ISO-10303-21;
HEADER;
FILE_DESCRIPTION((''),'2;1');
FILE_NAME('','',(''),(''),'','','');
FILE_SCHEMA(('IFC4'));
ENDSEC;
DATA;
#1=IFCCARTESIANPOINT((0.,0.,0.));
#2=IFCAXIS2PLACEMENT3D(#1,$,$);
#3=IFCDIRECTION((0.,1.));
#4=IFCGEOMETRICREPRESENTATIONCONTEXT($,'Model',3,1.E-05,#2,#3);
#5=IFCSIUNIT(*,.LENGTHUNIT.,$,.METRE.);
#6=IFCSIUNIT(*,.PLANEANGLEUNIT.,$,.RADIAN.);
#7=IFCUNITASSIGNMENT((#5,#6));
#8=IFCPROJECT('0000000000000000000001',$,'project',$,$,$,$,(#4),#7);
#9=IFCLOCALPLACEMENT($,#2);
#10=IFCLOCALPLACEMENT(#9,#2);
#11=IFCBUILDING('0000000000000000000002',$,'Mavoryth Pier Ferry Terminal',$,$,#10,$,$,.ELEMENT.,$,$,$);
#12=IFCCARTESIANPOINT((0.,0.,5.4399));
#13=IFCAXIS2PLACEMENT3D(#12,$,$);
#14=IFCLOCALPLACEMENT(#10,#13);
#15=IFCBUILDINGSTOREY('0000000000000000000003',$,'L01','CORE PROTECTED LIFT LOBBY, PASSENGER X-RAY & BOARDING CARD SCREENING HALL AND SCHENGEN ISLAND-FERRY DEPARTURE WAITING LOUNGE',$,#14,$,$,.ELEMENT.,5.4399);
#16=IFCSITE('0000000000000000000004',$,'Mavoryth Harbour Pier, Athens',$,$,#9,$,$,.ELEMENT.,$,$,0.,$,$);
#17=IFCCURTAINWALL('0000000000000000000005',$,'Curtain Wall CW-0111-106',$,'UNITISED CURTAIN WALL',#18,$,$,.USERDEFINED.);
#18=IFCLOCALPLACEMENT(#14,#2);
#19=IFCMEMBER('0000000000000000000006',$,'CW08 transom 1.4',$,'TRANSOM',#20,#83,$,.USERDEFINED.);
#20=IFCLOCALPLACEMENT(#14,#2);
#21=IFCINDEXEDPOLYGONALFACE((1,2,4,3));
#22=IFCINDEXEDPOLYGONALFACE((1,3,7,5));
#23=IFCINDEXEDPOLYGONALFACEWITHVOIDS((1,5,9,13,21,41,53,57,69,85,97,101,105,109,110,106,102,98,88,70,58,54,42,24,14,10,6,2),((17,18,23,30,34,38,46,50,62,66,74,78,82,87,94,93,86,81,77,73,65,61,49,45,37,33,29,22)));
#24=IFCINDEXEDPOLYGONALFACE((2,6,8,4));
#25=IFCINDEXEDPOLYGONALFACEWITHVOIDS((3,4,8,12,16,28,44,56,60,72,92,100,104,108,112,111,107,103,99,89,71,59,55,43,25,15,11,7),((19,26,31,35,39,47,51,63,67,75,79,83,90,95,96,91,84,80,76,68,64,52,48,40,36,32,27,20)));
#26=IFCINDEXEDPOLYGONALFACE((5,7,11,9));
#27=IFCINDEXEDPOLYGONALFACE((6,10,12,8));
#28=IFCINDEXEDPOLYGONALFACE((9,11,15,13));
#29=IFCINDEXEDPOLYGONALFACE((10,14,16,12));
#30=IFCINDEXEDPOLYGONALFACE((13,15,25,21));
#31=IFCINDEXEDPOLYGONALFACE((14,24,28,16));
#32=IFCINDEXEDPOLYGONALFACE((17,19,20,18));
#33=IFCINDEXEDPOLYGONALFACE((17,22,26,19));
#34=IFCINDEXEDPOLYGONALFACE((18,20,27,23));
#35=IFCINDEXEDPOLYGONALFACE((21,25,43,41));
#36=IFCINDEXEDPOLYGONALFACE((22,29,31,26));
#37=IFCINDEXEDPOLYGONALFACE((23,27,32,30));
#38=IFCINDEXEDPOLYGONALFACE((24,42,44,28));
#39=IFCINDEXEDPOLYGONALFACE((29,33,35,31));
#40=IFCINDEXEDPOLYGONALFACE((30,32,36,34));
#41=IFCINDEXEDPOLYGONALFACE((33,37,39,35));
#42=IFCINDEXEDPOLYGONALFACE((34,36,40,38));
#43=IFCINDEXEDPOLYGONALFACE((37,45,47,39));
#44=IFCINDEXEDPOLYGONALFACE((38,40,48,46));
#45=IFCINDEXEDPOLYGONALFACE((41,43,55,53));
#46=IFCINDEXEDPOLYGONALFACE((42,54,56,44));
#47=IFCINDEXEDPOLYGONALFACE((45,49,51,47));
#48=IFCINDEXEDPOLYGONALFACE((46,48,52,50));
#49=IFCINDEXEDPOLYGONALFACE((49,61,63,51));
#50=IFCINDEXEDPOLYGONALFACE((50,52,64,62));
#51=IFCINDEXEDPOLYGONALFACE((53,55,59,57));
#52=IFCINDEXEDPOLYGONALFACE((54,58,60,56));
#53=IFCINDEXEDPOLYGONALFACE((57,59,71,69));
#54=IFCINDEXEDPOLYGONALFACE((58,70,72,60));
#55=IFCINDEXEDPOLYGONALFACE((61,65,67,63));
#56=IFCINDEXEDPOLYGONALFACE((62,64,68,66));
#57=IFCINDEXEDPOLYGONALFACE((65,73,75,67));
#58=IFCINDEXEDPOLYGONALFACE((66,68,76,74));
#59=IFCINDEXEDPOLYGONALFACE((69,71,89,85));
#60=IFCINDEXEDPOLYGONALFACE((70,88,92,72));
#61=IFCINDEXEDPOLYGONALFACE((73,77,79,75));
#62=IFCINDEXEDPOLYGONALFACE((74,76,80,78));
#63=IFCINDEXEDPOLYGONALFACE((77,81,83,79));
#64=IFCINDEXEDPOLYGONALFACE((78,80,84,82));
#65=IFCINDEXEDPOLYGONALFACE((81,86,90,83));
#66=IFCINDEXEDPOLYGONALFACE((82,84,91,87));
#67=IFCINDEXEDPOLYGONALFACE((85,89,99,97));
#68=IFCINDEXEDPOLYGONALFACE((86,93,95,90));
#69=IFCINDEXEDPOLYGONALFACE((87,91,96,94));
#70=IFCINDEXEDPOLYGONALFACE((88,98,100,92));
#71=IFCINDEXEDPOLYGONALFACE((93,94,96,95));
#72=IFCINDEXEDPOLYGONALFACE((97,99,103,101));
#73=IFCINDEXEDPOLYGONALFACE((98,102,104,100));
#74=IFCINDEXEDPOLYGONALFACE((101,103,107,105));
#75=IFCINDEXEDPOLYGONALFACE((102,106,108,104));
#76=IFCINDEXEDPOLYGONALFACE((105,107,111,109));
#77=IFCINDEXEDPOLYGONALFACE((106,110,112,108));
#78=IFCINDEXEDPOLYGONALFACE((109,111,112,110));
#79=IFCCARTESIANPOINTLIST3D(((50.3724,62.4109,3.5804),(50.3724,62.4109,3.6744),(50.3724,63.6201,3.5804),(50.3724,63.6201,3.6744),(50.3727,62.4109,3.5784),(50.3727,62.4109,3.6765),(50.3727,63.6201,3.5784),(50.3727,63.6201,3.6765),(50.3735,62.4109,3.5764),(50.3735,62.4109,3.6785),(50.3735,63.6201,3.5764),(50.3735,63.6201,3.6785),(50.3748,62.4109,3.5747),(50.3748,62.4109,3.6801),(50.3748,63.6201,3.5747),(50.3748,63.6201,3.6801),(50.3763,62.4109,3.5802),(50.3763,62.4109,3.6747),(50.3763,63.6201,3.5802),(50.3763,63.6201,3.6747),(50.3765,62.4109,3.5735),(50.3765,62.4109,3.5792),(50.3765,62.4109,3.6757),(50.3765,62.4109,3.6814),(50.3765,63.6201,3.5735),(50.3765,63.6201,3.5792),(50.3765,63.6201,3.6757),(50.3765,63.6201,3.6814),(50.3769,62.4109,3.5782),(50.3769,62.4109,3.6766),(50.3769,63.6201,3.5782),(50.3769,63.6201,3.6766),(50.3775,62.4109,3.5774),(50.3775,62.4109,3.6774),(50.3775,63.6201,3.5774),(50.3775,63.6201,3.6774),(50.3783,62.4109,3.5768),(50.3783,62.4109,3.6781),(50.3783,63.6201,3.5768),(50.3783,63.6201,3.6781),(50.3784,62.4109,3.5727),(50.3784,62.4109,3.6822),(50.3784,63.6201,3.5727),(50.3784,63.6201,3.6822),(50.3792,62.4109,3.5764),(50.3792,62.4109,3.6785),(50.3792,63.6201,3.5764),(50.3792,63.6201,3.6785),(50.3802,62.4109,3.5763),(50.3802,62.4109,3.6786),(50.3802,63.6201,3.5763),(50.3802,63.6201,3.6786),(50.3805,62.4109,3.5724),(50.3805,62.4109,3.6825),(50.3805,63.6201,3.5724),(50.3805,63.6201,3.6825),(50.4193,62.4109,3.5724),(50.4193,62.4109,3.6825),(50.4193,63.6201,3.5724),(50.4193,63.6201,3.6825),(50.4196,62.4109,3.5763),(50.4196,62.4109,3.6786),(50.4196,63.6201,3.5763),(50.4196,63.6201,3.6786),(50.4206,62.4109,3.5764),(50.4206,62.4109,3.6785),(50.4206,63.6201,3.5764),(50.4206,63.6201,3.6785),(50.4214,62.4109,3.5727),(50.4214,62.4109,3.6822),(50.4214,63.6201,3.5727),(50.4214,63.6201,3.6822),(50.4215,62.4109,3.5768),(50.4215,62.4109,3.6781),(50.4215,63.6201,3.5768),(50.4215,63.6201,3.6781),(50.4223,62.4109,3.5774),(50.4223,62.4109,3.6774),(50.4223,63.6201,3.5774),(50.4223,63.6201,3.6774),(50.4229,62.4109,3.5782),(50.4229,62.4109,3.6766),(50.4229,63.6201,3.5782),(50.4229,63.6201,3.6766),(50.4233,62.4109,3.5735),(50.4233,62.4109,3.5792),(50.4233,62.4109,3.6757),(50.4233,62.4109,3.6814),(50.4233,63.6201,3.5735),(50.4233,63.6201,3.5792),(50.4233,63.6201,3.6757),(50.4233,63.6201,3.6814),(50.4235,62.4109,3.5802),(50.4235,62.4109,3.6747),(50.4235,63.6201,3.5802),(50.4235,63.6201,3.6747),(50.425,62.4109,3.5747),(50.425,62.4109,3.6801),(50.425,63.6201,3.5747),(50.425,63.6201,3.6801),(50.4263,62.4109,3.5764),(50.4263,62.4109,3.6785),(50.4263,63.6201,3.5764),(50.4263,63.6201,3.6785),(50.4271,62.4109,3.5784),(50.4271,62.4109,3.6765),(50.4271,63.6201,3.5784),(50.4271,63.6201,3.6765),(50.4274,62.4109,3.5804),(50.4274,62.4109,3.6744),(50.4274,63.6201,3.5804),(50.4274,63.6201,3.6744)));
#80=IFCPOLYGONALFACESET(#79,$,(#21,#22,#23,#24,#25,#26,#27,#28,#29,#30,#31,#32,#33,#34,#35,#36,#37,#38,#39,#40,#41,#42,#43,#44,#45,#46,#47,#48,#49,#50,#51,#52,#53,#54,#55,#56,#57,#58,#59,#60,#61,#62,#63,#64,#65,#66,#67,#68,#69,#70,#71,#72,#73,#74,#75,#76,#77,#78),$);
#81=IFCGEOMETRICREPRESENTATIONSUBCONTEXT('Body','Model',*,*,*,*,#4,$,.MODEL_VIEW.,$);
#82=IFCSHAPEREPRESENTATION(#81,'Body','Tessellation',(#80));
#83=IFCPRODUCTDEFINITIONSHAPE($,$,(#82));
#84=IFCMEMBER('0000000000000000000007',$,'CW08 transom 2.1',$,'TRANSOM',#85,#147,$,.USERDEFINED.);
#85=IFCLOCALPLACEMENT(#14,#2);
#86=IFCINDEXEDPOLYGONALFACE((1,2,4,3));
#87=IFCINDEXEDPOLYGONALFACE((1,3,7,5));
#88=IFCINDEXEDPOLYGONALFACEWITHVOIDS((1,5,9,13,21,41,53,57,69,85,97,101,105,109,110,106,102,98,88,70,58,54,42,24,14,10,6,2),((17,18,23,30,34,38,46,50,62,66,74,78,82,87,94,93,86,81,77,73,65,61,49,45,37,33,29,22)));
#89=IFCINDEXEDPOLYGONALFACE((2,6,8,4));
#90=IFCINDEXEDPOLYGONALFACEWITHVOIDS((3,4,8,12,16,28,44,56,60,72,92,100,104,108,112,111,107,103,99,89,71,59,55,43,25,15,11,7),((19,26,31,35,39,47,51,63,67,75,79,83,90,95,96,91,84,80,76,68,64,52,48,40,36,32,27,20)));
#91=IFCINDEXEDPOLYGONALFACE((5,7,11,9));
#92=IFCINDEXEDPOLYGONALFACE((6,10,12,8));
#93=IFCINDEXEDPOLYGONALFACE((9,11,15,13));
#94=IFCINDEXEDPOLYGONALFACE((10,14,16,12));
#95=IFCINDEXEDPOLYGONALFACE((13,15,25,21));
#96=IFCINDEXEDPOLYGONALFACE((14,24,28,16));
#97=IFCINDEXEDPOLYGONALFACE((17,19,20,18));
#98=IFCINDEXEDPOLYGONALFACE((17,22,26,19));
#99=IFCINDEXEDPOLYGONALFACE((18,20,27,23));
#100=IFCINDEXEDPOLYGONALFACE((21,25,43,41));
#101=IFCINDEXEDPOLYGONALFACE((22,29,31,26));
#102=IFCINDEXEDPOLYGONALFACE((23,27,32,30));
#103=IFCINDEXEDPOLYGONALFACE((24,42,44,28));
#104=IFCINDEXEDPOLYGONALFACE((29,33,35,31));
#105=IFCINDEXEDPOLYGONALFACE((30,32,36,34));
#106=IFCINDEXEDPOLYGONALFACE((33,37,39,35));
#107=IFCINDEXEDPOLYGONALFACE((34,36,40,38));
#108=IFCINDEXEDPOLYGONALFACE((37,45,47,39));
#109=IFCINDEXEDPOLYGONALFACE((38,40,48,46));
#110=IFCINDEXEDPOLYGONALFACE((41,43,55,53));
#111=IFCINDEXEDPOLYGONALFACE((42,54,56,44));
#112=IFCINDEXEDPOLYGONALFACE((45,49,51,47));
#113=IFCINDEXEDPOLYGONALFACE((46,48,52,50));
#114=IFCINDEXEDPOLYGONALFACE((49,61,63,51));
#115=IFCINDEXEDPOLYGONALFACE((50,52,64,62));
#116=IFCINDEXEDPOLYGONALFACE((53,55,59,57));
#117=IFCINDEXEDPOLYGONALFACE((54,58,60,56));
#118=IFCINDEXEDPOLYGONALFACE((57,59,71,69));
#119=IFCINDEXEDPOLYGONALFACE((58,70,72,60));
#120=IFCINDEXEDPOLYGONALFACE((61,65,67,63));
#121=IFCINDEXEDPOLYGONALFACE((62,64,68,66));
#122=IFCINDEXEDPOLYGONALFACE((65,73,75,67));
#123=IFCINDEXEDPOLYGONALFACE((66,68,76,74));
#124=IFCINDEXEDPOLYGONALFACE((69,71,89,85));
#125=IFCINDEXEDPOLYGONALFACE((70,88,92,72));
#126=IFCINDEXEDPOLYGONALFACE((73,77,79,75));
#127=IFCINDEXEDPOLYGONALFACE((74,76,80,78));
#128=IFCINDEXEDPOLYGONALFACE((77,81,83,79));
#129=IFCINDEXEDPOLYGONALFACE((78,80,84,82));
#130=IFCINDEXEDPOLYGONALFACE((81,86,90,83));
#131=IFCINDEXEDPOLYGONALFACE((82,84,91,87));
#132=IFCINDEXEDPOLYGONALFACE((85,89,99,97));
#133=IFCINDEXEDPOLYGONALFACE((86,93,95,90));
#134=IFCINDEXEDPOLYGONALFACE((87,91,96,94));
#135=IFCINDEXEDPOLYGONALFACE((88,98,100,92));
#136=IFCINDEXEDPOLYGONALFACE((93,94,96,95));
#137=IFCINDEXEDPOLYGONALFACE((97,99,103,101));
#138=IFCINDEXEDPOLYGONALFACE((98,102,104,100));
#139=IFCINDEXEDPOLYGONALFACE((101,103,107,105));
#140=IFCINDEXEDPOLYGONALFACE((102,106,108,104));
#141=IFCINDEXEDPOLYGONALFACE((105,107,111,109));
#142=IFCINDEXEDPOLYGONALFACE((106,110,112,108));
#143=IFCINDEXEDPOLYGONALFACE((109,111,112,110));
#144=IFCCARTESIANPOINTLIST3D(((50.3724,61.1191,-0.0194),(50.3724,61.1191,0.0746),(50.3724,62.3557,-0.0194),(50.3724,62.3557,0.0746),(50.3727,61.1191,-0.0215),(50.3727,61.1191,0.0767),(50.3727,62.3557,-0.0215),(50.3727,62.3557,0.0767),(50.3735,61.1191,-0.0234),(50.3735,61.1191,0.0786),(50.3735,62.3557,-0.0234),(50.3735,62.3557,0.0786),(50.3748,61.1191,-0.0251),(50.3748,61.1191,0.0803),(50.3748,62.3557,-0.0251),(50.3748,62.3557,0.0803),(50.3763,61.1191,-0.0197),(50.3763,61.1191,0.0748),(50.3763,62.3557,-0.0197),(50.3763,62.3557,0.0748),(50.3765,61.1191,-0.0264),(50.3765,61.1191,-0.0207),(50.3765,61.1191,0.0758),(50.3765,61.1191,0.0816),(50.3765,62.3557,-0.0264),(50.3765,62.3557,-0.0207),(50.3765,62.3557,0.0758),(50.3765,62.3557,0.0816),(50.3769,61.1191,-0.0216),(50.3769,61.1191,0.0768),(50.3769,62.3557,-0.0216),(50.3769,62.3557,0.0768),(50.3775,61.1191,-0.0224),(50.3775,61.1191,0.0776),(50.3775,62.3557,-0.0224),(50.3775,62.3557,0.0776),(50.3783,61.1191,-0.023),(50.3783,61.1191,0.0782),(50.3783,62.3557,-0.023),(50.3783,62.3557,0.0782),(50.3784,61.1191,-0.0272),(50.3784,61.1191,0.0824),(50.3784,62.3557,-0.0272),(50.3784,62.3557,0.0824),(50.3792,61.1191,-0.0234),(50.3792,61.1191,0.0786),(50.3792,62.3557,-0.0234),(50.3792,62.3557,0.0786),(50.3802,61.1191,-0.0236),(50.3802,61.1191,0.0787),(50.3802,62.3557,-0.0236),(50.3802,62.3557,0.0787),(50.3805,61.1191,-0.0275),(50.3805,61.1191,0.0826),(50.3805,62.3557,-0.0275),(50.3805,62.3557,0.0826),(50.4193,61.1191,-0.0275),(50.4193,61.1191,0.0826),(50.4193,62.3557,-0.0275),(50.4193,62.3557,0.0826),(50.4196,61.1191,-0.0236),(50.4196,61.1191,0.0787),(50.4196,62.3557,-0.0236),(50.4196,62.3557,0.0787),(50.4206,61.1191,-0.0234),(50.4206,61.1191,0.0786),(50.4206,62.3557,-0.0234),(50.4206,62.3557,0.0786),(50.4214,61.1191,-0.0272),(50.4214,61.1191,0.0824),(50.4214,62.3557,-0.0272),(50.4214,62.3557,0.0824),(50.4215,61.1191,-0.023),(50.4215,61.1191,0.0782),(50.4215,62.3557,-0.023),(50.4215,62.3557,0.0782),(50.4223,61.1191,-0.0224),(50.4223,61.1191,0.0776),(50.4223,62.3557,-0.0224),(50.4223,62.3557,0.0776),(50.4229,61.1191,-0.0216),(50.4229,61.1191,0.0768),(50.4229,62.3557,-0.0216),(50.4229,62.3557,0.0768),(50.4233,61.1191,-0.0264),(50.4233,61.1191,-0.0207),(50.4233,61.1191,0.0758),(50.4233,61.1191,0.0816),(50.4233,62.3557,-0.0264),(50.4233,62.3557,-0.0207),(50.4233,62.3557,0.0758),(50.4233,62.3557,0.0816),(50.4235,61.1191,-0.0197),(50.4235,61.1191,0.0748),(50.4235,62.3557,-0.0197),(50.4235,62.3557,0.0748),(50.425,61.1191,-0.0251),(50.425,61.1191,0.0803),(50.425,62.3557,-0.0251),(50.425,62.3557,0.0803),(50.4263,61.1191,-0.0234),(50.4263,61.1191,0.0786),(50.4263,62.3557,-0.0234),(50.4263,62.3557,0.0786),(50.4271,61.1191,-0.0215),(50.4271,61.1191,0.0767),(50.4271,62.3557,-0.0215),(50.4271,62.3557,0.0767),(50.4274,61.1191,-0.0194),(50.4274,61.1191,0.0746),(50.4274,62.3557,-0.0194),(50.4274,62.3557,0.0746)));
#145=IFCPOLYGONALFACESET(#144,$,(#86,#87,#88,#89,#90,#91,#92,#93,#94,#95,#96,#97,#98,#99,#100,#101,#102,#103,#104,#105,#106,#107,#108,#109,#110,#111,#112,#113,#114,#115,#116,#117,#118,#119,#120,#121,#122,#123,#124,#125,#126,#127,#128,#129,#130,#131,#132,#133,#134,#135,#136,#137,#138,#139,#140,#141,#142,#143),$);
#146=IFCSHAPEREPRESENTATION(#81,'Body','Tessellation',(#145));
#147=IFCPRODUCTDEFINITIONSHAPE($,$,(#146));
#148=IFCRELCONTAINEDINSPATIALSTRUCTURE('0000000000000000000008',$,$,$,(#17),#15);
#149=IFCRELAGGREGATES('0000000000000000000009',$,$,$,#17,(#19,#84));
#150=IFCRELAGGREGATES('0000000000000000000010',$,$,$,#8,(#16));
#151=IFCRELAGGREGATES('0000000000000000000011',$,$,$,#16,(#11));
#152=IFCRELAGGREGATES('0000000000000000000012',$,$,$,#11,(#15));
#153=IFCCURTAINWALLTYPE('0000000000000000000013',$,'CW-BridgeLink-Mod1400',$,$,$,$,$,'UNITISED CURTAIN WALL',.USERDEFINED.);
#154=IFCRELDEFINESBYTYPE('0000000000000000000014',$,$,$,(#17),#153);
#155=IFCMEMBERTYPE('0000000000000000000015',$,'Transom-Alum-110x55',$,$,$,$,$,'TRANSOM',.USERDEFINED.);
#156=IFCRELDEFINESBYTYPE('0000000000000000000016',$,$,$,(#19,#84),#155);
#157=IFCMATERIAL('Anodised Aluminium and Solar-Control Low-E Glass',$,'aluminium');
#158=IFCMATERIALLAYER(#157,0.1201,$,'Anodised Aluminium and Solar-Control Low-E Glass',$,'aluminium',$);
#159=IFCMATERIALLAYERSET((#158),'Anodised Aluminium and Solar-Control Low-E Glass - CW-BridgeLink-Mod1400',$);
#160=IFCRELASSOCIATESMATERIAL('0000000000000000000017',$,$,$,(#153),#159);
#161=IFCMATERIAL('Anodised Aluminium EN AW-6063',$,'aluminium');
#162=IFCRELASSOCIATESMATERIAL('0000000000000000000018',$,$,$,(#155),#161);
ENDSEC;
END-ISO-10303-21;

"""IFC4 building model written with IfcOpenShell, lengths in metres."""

from ifc_helpers import new_model, si_unit, direction, frame, origin, origin_2d, place, context, subcontext, project, spatial, hollow_rectangle, extrude, material, layer, layer_set, material_profile, profile_set, type_object, element, aggregate, save


model = new_model("IFC4")

# Units and contexts
model_context = context("Model", 3, precision=1e-05, world=origin(), true_north=direction((0.0, 1.0)))
body_context = subcontext(model_context, "Body", "Model", "MODEL_VIEW")
ifc_project = project(units=[si_unit("LENGTHUNIT", "METRE"), si_unit("PLANEANGLEUNIT", "RADIAN")], contexts=[model_context])

# Site, building, storey
site_placement = place(None, origin())
site = spatial("IfcSite", under=ifc_project, at=site_placement, Name="Mavoryth Harbour Pier, Athens", CompositionType="ELEMENT", RefElevation=0.0)
building_placement = place(site_placement, origin())
building = spatial("IfcBuilding", under=site, at=building_placement, Name="Mavoryth Pier Ferry Terminal", CompositionType="ELEMENT")
storey_placement = place(building_placement, frame((0.0, 0.0, 5.4399)))
storey = spatial("IfcBuildingStorey", under=building, at=storey_placement, Name="L01", Description="CORE PROTECTED LIFT LOBBY, PASSENGER X-RAY & BOARDING CARD SCREENING HALL AND SCHENGEN ISLAND-FERRY DEPARTURE WAITING LOUNGE", CompositionType="ELEMENT", Elevation=5.4399)

# Curtain wall
ifc_material_1 = material(Name="Anodised Aluminium and Solar-Control Low-E Glass", Category="aluminium")
ifc_layer_1 = layer(ifc_material_1, 0.1201, Name="Anodised Aluminium and Solar-Control Low-E Glass", Category="aluminium")
ifc_layer_set_1 = layer_set([ifc_layer_1], Name="Anodised Aluminium and Solar-Control Low-E Glass - CW-BridgeLink-Mod1400")
curtain_wall_type = type_object("IfcCurtainWallType", Name="CW-BridgeLink-Mod1400", ElementType="UNITISED CURTAIN WALL", PredefinedType="USERDEFINED", material=ifc_layer_set_1)
curtain_wall_1_placement = place(storey_placement, origin())
curtain_wall_1 = element("IfcCurtainWall", 1, at=curtain_wall_1_placement, inside=storey, type_object=curtain_wall_type, Name="Curtain Wall CW-0111-106", ObjectType="UNITISED CURTAIN WALL", PredefinedType="USERDEFINED")
ifc_material_2 = material(Name="Anodised Aluminium EN AW-6063", Category="aluminium")

# Members
ifc_material_profile_1 = material_profile(ifc_material_2, hollow_rectangle(XDim=0.0549, YDim=0.1101, WallThickness=0.0039, InnerFilletRadius=0.0039, OuterFilletRadius=0.0081, at=origin_2d()), Name="AL-TRAN 110x55x4", Category="aluminium")
ifc_profile_set_1 = profile_set([ifc_material_profile_1], Name="Anodised Aluminium EN AW-6063 - AL-TRAN 110x55x4")
member_type_1 = type_object("IfcMemberType", Name="Transom-Alum-110x55", ElementType="TRANSOM", PredefinedType="USERDEFINED", material=ifc_profile_set_1)
member_1_placement = place(storey_placement, frame((50.3999, 63.6201, 3.6274), z_axis=(0.0, -1.0, 0.0), x_axis=(1.0, 0.0, 0.0)))
member_1 = element("IfcMember", 2, at=member_1_placement, type_object=member_type_1, Name="CW08 transom 1.4", ObjectType="TRANSOM", PredefinedType="USERDEFINED", context=body_context, shape_type="SweptSolid", body=[
    extrude(hollow_rectangle(XDim=0.0549, YDim=0.1101, WallThickness=0.0039, InnerFilletRadius=0.0039, OuterFilletRadius=0.0081, at=origin_2d()), origin(), (0.0, 0.0, 1.0), 1.2092),
])
member_2_placement = place(storey_placement, frame((50.3999, 62.3557, 0.0276), z_axis=(0.0, -1.0, 0.0), x_axis=(1.0, 0.0, 0.0)))
member_2 = element("IfcMember", 3, at=member_2_placement, type_object=member_type_1, Name="CW08 transom 2.1", ObjectType="TRANSOM", PredefinedType="USERDEFINED", context=body_context, shape_type="SweptSolid", body=[
    extrude(hollow_rectangle(XDim=0.0549, YDim=0.1101, WallThickness=0.0039, InnerFilletRadius=0.0039, OuterFilletRadius=0.0081, at=origin_2d()), origin(), (0.0, 0.0, 1.0), 1.2366),
])

aggregate(curtain_wall_1, [member_1, member_2])

save(model, "model.ifc")
